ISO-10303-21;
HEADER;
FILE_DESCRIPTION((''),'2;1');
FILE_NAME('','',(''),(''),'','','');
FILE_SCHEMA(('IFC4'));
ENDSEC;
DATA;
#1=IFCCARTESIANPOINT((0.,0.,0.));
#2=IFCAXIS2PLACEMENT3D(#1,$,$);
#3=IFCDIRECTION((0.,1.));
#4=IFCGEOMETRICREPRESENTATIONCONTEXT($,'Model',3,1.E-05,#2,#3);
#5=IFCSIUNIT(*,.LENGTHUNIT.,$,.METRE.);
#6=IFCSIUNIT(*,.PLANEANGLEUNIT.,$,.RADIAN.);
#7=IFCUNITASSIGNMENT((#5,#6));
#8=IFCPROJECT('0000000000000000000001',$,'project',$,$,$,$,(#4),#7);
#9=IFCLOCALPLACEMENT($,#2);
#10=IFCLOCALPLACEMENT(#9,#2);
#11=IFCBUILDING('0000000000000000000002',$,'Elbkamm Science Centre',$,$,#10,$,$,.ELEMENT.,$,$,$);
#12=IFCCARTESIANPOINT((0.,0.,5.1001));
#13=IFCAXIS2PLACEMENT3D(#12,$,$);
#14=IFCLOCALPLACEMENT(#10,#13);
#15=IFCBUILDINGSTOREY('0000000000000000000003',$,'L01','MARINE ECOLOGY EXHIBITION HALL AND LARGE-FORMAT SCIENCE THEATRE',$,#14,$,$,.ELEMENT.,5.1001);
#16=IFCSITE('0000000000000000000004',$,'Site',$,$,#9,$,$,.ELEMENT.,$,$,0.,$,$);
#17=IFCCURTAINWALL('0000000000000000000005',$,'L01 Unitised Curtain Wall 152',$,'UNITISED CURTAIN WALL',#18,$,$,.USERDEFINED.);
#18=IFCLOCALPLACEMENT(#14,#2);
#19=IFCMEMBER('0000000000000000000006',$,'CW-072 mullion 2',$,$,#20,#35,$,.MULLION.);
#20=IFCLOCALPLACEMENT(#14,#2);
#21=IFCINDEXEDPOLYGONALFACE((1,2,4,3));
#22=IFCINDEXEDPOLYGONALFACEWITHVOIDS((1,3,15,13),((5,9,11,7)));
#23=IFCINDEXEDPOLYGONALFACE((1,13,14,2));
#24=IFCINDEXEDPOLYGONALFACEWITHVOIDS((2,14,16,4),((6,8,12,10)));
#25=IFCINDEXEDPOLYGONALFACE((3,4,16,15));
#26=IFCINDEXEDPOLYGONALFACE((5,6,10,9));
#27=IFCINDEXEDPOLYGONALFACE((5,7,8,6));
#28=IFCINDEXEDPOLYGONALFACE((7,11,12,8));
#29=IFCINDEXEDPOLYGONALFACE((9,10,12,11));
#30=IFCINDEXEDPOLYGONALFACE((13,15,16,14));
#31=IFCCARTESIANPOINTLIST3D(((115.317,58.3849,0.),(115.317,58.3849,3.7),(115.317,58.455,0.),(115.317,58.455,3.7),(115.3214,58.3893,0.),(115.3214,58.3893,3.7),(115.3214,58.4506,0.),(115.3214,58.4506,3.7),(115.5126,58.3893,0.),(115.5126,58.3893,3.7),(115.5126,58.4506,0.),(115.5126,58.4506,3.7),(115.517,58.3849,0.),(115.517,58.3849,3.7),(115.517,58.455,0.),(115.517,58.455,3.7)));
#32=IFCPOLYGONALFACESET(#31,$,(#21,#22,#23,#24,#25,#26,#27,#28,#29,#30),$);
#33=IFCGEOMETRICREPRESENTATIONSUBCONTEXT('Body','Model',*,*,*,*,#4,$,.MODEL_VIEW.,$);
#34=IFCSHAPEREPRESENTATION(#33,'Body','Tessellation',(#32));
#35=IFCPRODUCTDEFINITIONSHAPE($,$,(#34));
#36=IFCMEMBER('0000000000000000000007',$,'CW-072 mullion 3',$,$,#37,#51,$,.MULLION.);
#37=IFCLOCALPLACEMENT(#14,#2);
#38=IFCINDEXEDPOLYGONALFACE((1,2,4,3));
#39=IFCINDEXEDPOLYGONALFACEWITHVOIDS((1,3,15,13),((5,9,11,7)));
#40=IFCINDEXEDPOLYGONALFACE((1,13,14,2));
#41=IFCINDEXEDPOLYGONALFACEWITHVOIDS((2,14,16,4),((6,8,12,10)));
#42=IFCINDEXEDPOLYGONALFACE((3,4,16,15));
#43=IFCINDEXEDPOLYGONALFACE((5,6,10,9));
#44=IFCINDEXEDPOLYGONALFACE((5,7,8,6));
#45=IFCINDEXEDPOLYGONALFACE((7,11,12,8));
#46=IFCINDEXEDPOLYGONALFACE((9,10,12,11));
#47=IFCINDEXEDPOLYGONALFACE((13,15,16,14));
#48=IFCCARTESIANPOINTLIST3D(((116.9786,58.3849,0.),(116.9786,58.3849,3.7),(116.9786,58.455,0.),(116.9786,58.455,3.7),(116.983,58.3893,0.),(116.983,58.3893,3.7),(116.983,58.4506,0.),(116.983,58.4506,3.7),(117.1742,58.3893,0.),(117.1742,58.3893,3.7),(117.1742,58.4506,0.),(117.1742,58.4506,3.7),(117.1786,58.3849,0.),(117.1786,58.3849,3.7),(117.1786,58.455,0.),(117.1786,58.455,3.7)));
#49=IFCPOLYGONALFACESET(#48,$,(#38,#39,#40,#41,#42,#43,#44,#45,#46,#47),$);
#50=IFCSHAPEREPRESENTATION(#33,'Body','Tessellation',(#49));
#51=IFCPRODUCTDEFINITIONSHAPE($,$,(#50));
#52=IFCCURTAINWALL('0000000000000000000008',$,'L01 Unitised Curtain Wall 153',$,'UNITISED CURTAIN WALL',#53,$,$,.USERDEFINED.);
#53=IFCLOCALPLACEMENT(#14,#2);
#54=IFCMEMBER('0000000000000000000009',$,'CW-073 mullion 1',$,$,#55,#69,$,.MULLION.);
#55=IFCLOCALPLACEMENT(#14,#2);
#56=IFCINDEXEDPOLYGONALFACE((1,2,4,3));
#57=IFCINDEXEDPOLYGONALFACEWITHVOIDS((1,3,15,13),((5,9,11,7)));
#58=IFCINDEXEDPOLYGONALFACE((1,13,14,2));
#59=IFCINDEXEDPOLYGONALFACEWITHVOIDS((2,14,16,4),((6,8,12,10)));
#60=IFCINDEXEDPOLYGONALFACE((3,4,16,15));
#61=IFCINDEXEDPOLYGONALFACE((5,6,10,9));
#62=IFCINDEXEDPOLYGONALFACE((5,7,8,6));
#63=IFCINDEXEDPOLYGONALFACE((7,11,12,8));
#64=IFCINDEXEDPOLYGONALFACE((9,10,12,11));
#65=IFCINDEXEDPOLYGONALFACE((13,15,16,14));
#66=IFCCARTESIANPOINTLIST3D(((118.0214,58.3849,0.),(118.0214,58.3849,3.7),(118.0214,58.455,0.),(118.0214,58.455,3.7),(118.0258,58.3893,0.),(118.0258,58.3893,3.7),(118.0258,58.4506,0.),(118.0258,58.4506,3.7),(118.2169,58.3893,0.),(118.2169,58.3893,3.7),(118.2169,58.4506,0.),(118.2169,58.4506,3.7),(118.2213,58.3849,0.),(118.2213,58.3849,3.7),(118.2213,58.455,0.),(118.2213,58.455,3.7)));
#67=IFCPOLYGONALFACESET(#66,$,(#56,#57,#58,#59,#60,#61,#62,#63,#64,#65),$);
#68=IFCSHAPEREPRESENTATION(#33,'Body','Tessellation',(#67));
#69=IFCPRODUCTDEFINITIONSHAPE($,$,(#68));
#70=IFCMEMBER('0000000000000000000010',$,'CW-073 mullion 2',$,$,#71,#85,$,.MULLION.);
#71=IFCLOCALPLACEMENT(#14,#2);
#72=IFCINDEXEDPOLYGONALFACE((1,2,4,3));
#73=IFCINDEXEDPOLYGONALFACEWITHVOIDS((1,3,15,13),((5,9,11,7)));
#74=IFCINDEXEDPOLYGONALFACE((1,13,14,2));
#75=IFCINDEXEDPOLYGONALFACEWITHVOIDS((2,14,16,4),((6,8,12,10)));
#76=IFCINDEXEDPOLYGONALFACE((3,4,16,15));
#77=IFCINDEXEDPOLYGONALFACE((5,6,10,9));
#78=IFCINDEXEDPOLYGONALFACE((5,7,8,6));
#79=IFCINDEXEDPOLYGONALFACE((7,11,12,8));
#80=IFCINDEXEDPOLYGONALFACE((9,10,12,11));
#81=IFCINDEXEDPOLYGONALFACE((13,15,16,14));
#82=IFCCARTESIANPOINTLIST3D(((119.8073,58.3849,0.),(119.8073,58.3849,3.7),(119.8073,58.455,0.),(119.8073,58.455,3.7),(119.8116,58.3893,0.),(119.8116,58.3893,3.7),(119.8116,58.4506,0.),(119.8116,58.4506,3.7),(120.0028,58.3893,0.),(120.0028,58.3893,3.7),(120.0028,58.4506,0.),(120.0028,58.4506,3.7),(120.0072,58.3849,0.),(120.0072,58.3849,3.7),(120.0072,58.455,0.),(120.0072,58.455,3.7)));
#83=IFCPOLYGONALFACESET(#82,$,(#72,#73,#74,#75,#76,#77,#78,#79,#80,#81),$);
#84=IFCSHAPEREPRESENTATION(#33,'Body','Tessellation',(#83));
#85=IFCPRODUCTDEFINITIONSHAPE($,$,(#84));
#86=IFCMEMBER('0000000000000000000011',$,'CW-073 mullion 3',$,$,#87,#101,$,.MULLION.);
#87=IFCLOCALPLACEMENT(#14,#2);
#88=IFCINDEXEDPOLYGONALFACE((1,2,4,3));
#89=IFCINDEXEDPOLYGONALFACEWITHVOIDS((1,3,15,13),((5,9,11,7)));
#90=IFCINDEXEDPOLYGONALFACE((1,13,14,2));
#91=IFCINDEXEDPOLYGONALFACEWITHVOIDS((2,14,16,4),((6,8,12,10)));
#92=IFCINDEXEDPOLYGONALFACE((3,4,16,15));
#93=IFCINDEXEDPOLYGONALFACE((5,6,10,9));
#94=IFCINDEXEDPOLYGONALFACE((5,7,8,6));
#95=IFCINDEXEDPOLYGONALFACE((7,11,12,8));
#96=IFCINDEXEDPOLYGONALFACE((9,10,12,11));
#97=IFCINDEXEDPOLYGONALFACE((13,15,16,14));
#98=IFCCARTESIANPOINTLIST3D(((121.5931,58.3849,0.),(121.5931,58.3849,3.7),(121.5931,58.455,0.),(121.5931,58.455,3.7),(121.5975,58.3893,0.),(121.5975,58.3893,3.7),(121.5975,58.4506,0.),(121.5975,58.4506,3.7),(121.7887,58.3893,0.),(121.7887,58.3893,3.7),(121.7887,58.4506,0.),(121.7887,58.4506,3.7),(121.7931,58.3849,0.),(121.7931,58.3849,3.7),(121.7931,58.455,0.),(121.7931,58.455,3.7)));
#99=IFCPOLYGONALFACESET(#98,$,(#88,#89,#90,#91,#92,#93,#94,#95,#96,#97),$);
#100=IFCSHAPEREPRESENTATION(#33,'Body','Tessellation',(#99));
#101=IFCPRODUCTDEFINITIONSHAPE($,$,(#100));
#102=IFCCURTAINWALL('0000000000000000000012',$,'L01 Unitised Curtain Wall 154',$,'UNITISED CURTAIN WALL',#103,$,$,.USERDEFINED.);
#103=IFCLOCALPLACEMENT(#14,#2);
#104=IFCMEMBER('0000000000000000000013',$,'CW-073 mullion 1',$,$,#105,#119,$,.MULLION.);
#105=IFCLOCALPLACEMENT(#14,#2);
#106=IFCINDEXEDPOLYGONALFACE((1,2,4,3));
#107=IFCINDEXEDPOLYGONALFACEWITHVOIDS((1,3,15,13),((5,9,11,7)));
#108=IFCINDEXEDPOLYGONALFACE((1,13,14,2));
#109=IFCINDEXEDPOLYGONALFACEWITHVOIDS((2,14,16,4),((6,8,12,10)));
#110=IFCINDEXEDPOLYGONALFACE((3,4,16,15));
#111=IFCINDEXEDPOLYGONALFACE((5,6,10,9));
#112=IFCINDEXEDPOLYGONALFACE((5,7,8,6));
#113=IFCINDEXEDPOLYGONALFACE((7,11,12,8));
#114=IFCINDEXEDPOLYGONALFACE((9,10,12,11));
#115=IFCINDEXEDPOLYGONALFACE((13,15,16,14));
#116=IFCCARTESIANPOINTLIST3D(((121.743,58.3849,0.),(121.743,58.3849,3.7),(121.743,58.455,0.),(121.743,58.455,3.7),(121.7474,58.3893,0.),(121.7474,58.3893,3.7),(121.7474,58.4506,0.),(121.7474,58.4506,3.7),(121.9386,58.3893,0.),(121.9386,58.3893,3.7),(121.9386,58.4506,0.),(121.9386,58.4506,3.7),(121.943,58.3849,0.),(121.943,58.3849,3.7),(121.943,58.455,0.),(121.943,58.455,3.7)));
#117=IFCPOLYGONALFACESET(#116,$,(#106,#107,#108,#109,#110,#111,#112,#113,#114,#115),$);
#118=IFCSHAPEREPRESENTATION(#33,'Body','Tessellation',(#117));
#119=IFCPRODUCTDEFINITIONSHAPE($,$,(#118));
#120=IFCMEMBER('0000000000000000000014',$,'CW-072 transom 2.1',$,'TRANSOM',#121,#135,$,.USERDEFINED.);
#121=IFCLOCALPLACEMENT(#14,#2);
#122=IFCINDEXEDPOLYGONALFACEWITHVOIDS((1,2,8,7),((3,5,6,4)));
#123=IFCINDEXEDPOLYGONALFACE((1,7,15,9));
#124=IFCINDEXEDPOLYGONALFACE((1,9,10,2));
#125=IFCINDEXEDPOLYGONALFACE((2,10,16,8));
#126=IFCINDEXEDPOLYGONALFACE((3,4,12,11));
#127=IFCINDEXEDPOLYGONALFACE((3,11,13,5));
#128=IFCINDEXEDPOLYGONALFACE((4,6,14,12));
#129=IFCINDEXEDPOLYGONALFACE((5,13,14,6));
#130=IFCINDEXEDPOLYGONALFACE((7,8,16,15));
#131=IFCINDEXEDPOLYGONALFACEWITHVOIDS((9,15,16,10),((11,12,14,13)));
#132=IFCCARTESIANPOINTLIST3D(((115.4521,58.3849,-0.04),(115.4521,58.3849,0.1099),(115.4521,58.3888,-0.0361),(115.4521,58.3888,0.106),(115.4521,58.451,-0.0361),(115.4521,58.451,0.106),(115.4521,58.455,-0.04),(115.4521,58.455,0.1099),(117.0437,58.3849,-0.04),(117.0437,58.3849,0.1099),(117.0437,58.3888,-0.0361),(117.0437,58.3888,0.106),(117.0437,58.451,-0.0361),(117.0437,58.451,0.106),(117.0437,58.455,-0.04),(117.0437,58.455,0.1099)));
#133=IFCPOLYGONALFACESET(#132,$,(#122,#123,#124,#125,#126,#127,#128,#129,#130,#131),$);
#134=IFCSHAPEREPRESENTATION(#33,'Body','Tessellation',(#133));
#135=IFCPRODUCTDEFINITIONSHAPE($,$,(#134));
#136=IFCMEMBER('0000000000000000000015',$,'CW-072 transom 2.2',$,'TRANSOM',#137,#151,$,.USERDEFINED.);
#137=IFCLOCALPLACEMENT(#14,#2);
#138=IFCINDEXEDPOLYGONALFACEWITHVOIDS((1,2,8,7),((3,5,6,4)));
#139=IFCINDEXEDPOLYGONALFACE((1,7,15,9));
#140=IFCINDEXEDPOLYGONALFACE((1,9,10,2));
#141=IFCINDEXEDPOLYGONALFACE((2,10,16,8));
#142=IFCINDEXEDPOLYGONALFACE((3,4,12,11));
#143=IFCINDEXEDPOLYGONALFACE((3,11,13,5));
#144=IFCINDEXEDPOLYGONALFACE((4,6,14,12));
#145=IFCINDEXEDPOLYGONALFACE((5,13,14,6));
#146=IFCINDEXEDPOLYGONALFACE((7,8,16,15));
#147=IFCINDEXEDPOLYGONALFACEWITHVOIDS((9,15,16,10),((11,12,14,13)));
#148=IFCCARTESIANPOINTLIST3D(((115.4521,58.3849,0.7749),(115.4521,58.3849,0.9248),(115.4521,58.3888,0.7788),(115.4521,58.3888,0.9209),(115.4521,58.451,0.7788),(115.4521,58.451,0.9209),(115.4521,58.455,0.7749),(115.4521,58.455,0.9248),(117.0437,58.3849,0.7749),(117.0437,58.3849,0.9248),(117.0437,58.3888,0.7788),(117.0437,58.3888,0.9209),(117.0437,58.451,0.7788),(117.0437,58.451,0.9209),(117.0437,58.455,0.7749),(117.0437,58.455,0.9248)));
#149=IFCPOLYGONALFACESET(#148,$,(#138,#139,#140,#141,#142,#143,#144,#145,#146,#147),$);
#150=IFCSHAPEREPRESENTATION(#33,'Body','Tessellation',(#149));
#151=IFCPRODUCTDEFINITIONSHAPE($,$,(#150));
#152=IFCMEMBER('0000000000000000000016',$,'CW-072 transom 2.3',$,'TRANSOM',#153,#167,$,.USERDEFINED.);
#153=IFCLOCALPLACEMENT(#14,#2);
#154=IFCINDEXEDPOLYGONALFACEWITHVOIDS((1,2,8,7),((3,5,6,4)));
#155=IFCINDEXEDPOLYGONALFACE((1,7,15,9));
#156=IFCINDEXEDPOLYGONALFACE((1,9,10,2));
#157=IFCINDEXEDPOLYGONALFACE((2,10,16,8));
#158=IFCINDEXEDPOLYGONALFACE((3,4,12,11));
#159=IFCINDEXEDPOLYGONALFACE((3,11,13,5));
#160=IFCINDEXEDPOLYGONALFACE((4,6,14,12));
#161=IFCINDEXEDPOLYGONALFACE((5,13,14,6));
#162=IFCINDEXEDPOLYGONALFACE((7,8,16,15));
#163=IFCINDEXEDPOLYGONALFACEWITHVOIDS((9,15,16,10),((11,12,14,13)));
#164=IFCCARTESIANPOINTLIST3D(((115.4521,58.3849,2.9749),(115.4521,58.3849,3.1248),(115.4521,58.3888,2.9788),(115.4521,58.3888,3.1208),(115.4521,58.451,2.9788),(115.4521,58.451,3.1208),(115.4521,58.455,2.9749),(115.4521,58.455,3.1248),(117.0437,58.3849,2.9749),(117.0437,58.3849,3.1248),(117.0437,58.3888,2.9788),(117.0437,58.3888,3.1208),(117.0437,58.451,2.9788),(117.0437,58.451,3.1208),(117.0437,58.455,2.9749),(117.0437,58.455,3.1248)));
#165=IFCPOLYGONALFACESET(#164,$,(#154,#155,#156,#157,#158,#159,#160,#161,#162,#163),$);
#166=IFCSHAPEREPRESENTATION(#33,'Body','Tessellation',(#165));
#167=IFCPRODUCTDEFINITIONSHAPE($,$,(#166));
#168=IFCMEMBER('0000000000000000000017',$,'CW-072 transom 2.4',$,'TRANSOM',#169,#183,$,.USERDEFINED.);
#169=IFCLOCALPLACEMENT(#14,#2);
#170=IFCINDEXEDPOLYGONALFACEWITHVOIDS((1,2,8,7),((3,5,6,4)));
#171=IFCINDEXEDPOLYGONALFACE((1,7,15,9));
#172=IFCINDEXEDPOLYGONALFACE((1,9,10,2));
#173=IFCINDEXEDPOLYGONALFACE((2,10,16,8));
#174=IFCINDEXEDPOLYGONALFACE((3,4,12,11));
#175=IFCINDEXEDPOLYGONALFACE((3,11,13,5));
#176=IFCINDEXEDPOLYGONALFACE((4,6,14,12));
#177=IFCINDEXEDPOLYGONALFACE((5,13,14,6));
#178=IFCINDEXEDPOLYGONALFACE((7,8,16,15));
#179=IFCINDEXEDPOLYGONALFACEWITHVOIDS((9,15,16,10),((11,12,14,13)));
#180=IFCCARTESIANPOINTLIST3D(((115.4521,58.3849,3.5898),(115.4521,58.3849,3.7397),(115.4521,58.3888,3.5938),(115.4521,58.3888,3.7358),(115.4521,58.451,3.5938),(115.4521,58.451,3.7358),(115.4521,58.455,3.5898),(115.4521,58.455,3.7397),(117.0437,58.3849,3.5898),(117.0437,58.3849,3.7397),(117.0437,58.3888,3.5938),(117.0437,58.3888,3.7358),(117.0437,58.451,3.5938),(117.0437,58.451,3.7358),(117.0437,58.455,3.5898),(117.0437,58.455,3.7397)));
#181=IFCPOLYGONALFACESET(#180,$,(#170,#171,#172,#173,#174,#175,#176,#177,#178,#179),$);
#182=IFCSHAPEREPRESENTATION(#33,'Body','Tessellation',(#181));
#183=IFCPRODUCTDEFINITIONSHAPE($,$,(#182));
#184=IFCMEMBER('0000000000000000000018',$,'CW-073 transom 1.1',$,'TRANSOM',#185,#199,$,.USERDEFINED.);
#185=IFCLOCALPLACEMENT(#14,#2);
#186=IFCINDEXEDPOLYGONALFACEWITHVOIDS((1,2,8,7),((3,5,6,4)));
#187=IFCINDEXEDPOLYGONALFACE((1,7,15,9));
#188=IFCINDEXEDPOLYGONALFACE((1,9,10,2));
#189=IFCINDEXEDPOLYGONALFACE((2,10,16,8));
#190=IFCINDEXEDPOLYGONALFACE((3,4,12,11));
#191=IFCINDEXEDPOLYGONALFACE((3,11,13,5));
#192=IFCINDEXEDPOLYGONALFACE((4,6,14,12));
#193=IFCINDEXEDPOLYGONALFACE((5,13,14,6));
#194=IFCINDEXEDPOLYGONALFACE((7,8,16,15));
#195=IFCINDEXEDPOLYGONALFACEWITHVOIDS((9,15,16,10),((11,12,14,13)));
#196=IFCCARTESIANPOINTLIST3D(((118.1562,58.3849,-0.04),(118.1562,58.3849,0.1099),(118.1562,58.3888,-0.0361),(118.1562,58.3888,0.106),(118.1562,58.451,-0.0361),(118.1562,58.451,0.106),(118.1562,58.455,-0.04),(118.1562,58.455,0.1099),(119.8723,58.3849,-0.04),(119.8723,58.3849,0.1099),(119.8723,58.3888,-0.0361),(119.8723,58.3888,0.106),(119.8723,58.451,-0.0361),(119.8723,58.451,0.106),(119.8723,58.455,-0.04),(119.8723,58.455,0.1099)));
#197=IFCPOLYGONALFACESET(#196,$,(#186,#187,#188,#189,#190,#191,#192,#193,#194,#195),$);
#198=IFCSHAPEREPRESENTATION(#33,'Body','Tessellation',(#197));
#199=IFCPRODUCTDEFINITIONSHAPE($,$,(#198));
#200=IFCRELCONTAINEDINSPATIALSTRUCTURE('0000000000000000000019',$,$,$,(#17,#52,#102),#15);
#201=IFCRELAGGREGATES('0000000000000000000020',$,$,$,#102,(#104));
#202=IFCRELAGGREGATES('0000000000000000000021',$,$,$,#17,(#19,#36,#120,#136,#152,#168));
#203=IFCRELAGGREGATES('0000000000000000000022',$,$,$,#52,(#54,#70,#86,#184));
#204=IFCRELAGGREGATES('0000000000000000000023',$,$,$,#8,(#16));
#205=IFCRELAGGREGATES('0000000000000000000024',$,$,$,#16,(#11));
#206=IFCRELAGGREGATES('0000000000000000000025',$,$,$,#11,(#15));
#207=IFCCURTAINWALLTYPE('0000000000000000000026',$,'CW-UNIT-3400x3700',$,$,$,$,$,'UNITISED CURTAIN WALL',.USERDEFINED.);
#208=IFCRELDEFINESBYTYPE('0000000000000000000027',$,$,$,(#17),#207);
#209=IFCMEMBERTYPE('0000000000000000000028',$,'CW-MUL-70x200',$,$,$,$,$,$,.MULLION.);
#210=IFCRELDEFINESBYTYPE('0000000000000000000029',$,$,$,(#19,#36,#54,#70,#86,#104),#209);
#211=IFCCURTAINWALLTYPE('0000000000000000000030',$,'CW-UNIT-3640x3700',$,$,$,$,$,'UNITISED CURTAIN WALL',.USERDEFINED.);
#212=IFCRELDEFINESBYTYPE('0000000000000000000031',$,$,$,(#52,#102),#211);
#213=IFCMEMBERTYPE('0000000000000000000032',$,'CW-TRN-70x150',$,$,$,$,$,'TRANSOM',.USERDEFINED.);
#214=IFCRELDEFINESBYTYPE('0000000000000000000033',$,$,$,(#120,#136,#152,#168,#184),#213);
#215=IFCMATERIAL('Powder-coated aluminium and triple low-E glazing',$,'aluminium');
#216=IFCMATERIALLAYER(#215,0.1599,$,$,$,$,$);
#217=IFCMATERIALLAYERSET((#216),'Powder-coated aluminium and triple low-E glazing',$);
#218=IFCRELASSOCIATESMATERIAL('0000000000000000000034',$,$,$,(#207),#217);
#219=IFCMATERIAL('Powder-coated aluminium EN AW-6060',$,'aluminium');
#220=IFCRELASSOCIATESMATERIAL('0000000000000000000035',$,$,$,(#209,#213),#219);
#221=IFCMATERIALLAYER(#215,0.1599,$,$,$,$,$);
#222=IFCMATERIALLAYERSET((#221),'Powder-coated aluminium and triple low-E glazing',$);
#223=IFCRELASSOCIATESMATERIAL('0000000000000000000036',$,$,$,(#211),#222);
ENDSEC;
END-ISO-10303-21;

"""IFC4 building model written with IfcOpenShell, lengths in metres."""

from ifc_helpers import new_model, si_unit, direction, frame, origin, origin_2d, place, context, subcontext, project, spatial, hollow_rectangle, extrude, material, layer, layer_set, material_profile, profile_set, type_object, element, aggregate, save


model = new_model("IFC4")

# Units and contexts
model_context = context("Model", 3, precision=1e-05, world=origin(), true_north=direction((0.0, 1.0)))
body_context = subcontext(model_context, "Body", "Model", "MODEL_VIEW")
ifc_project = project(units=[si_unit("LENGTHUNIT", "METRE"), si_unit("PLANEANGLEUNIT", "RADIAN")], contexts=[model_context])

# Site, building, storey
site_placement = place(None, origin())
site = spatial("IfcSite", under=ifc_project, at=site_placement, Name="Site", CompositionType="ELEMENT", RefElevation=0.0)
building_placement = place(site_placement, origin())
building = spatial("IfcBuilding", under=site, at=building_placement, Name="Elbkamm Science Centre", CompositionType="ELEMENT")
storey_placement = place(building_placement, frame((0.0, 0.0, 5.1001)))
storey = spatial("IfcBuildingStorey", under=building, at=storey_placement, Name="L01", Description="MARINE ECOLOGY EXHIBITION HALL AND LARGE-FORMAT SCIENCE THEATRE", CompositionType="ELEMENT", Elevation=5.1001)

# Curtain walls, members
ifc_material_1 = material(Name="Powder-coated aluminium and triple low-E glazing", Category="aluminium")
ifc_layer_1 = layer(ifc_material_1, 0.1599)
ifc_layer_set_1 = layer_set([ifc_layer_1], Name="Powder-coated aluminium and triple low-E glazing")
curtain_wall_type_1 = type_object("IfcCurtainWallType", Name="CW-UNIT-3400x3700", ElementType="UNITISED CURTAIN WALL", PredefinedType="USERDEFINED", material=ifc_layer_set_1)
curtain_wall_1_placement = place(storey_placement, origin())
curtain_wall_1 = element("IfcCurtainWall", 1, at=curtain_wall_1_placement, inside=storey, type_object=curtain_wall_type_1, Name="L01 Unitised Curtain Wall 152", ObjectType="UNITISED CURTAIN WALL", PredefinedType="USERDEFINED")
ifc_material_2 = material(Name="Powder-coated aluminium EN AW-6060", Category="aluminium")
ifc_material_profile_1 = material_profile(ifc_material_2, hollow_rectangle(XDim=0.0701, YDim=0.2, WallThickness=0.0044, at=origin_2d()), Name="ALU M70x200")
ifc_profile_set_1 = profile_set([ifc_material_profile_1], Name="Powder-coated aluminium EN AW-6060")
member_type_1 = type_object("IfcMemberType", Name="CW-MUL-70x200", PredefinedType="MULLION", material=ifc_profile_set_1)
member_1_placement = place(storey_placement, frame((115.417, 58.4199, 0.0), z_axis=(0.0, 0.0, 1.0), x_axis=(0.0, 1.0, 0.0)))
member_1 = element("IfcMember", 2, at=member_1_placement, type_object=member_type_1, Name="CW-072 mullion 2", PredefinedType="MULLION", context=body_context, shape_type="SweptSolid", body=[
    extrude(hollow_rectangle(XDim=0.0701, YDim=0.2, WallThickness=0.0044, at=origin_2d()), origin(), (0.0, 0.0, 1.0), 3.7),
])
member_2_placement = place(storey_placement, frame((117.0786, 58.4199, 0.0), z_axis=(0.0, 0.0, 1.0), x_axis=(0.0, 1.0, 0.0)))
member_2 = element("IfcMember", 3, at=member_2_placement, type_object=member_type_1, Name="CW-072 mullion 3", PredefinedType="MULLION", context=body_context, shape_type="SweptSolid", body=[
    extrude(hollow_rectangle(XDim=0.0701, YDim=0.2, WallThickness=0.0044, at=origin_2d()), origin(), (0.0, 0.0, 1.0), 3.7),
])
ifc_layer_2 = layer(ifc_material_1, 0.1599)
ifc_layer_set_2 = layer_set([ifc_layer_2], Name="Powder-coated aluminium and triple low-E glazing")
curtain_wall_type_2 = type_object("IfcCurtainWallType", Name="CW-UNIT-3640x3700", ElementType="UNITISED CURTAIN WALL", PredefinedType="USERDEFINED", material=ifc_layer_set_2)
curtain_wall_2_placement = place(storey_placement, origin())
curtain_wall_2 = element("IfcCurtainWall", 4, at=curtain_wall_2_placement, inside=storey, type_object=curtain_wall_type_2, Name="L01 Unitised Curtain Wall 153", ObjectType="UNITISED CURTAIN WALL", PredefinedType="USERDEFINED")
member_3_placement = place(storey_placement, frame((118.1213, 58.4199, 0.0), z_axis=(0.0, 0.0, 1.0), x_axis=(0.0, 1.0, 0.0)))
member_3 = element("IfcMember", 5, at=member_3_placement, type_object=member_type_1, Name="CW-073 mullion 1", PredefinedType="MULLION", context=body_context, shape_type="SweptSolid", body=[
    extrude(hollow_rectangle(XDim=0.0701, YDim=0.2, WallThickness=0.0044, at=origin_2d()), origin(), (0.0, 0.0, 1.0), 3.7),
])
member_4_placement = place(storey_placement, frame((119.9072, 58.4199, 0.0), z_axis=(0.0, 0.0, 1.0), x_axis=(0.0, 1.0, 0.0)))
member_4 = element("IfcMember", 6, at=member_4_placement, type_object=member_type_1, Name="CW-073 mullion 2", PredefinedType="MULLION", context=body_context, shape_type="SweptSolid", body=[
    extrude(hollow_rectangle(XDim=0.0701, YDim=0.2, WallThickness=0.0044, at=origin_2d()), origin(), (0.0, 0.0, 1.0), 3.7),
])
member_5_placement = place(storey_placement, frame((121.6931, 58.4199, 0.0), z_axis=(0.0, 0.0, 1.0), x_axis=(0.0, 1.0, 0.0)))
member_5 = element("IfcMember", 7, at=member_5_placement, type_object=member_type_1, Name="CW-073 mullion 3", PredefinedType="MULLION", context=body_context, shape_type="SweptSolid", body=[
    extrude(hollow_rectangle(XDim=0.0701, YDim=0.2, WallThickness=0.0044, at=origin_2d()), origin(), (0.0, 0.0, 1.0), 3.7),
])

# Curtain wall, member
curtain_wall_3_placement = place(storey_placement, origin())
curtain_wall_3 = element("IfcCurtainWall", 8, at=curtain_wall_3_placement, inside=storey, type_object=curtain_wall_type_2, Name="L01 Unitised Curtain Wall 154", ObjectType="UNITISED CURTAIN WALL", PredefinedType="USERDEFINED")
member_6_placement = place(storey_placement, frame((121.843, 58.4199, 0.0), z_axis=(0.0, 0.0, 1.0), x_axis=(0.0, 1.0, 0.0)))
member_6 = element("IfcMember", 9, at=member_6_placement, type_object=member_type_1, Name="CW-073 mullion 1", PredefinedType="MULLION", context=body_context, shape_type="SweptSolid", body=[
    extrude(hollow_rectangle(XDim=0.0701, YDim=0.2, WallThickness=0.0044, at=origin_2d()), origin(), (0.0, 0.0, 1.0), 3.7),
])

# Members
ifc_material_profile_2 = material_profile(ifc_material_2, hollow_rectangle(XDim=0.0701, YDim=0.1499, WallThickness=0.0039, at=origin_2d()), Name="ALU T70x150")
ifc_profile_set_2 = profile_set([ifc_material_profile_2], Name="Powder-coated aluminium EN AW-6060")
member_type_2 = type_object("IfcMemberType", Name="CW-TRN-70x150", ElementType="TRANSOM", PredefinedType="USERDEFINED", material=ifc_profile_set_2)
member_7_placement = place(storey_placement, frame((115.4521, 58.4199, 0.0349), z_axis=(1.0, 0.0, 0.0), x_axis=(0.0, 1.0, 0.0)))
member_7 = element("IfcMember", 10, at=member_7_placement, type_object=member_type_2, Name="CW-072 transom 2.1", ObjectType="TRANSOM", PredefinedType="USERDEFINED", context=body_context, shape_type="SweptSolid", body=[
    extrude(hollow_rectangle(XDim=0.0701, YDim=0.1499, WallThickness=0.0039, at=origin_2d()), origin(), (0.0, 0.0, 1.0), 1.5916),
])
member_8_placement = place(storey_placement, frame((115.4521, 58.4199, 0.8499), z_axis=(1.0, 0.0, 0.0), x_axis=(0.0, 1.0, 0.0)))
member_8 = element("IfcMember", 11, at=member_8_placement, type_object=member_type_2, Name="CW-072 transom 2.2", ObjectType="TRANSOM", PredefinedType="USERDEFINED", context=body_context, shape_type="SweptSolid", body=[
    extrude(hollow_rectangle(XDim=0.0701, YDim=0.1499, WallThickness=0.0039, at=origin_2d()), origin(), (0.0, 0.0, 1.0), 1.5916),
])
member_9_placement = place(storey_placement, frame((115.4521, 58.4199, 3.0498), z_axis=(1.0, 0.0, 0.0), x_axis=(0.0, 1.0, 0.0)))
member_9 = element("IfcMember", 12, at=member_9_placement, type_object=member_type_2, Name="CW-072 transom 2.3", ObjectType="TRANSOM", PredefinedType="USERDEFINED", context=body_context, shape_type="SweptSolid", body=[
    extrude(hollow_rectangle(XDim=0.0701, YDim=0.1499, WallThickness=0.0039, at=origin_2d()), origin(), (0.0, 0.0, 1.0), 1.5916),
])
member_10_placement = place(storey_placement, frame((115.4521, 58.4199, 3.6648), z_axis=(1.0, 0.0, 0.0), x_axis=(0.0, 1.0, 0.0)))
member_10 = element("IfcMember", 13, at=member_10_placement, type_object=member_type_2, Name="CW-072 transom 2.4", ObjectType="TRANSOM", PredefinedType="USERDEFINED", context=body_context, shape_type="SweptSolid", body=[
    extrude(hollow_rectangle(XDim=0.0701, YDim=0.1499, WallThickness=0.0039, at=origin_2d()), origin(), (0.0, 0.0, 1.0), 1.5916),
])
member_11_placement = place(storey_placement, frame((118.1562, 58.4199, 0.0349), z_axis=(1.0, 0.0, 0.0), x_axis=(0.0, 1.0, 0.0)))
member_11 = element("IfcMember", 14, at=member_11_placement, type_object=member_type_2, Name="CW-073 transom 1.1", ObjectType="TRANSOM", PredefinedType="USERDEFINED", context=body_context, shape_type="SweptSolid", body=[
    extrude(hollow_rectangle(XDim=0.0701, YDim=0.1499, WallThickness=0.0039, at=origin_2d()), origin(), (0.0, 0.0, 1.0), 1.7161),
])
aggregate(curtain_wall_3, [member_6])

aggregate(curtain_wall_1, [member_1, member_2, member_7, member_8, member_9, member_10])
aggregate(curtain_wall_2, [member_3, member_4, member_5, member_11])

save(model, "model.ifc")
